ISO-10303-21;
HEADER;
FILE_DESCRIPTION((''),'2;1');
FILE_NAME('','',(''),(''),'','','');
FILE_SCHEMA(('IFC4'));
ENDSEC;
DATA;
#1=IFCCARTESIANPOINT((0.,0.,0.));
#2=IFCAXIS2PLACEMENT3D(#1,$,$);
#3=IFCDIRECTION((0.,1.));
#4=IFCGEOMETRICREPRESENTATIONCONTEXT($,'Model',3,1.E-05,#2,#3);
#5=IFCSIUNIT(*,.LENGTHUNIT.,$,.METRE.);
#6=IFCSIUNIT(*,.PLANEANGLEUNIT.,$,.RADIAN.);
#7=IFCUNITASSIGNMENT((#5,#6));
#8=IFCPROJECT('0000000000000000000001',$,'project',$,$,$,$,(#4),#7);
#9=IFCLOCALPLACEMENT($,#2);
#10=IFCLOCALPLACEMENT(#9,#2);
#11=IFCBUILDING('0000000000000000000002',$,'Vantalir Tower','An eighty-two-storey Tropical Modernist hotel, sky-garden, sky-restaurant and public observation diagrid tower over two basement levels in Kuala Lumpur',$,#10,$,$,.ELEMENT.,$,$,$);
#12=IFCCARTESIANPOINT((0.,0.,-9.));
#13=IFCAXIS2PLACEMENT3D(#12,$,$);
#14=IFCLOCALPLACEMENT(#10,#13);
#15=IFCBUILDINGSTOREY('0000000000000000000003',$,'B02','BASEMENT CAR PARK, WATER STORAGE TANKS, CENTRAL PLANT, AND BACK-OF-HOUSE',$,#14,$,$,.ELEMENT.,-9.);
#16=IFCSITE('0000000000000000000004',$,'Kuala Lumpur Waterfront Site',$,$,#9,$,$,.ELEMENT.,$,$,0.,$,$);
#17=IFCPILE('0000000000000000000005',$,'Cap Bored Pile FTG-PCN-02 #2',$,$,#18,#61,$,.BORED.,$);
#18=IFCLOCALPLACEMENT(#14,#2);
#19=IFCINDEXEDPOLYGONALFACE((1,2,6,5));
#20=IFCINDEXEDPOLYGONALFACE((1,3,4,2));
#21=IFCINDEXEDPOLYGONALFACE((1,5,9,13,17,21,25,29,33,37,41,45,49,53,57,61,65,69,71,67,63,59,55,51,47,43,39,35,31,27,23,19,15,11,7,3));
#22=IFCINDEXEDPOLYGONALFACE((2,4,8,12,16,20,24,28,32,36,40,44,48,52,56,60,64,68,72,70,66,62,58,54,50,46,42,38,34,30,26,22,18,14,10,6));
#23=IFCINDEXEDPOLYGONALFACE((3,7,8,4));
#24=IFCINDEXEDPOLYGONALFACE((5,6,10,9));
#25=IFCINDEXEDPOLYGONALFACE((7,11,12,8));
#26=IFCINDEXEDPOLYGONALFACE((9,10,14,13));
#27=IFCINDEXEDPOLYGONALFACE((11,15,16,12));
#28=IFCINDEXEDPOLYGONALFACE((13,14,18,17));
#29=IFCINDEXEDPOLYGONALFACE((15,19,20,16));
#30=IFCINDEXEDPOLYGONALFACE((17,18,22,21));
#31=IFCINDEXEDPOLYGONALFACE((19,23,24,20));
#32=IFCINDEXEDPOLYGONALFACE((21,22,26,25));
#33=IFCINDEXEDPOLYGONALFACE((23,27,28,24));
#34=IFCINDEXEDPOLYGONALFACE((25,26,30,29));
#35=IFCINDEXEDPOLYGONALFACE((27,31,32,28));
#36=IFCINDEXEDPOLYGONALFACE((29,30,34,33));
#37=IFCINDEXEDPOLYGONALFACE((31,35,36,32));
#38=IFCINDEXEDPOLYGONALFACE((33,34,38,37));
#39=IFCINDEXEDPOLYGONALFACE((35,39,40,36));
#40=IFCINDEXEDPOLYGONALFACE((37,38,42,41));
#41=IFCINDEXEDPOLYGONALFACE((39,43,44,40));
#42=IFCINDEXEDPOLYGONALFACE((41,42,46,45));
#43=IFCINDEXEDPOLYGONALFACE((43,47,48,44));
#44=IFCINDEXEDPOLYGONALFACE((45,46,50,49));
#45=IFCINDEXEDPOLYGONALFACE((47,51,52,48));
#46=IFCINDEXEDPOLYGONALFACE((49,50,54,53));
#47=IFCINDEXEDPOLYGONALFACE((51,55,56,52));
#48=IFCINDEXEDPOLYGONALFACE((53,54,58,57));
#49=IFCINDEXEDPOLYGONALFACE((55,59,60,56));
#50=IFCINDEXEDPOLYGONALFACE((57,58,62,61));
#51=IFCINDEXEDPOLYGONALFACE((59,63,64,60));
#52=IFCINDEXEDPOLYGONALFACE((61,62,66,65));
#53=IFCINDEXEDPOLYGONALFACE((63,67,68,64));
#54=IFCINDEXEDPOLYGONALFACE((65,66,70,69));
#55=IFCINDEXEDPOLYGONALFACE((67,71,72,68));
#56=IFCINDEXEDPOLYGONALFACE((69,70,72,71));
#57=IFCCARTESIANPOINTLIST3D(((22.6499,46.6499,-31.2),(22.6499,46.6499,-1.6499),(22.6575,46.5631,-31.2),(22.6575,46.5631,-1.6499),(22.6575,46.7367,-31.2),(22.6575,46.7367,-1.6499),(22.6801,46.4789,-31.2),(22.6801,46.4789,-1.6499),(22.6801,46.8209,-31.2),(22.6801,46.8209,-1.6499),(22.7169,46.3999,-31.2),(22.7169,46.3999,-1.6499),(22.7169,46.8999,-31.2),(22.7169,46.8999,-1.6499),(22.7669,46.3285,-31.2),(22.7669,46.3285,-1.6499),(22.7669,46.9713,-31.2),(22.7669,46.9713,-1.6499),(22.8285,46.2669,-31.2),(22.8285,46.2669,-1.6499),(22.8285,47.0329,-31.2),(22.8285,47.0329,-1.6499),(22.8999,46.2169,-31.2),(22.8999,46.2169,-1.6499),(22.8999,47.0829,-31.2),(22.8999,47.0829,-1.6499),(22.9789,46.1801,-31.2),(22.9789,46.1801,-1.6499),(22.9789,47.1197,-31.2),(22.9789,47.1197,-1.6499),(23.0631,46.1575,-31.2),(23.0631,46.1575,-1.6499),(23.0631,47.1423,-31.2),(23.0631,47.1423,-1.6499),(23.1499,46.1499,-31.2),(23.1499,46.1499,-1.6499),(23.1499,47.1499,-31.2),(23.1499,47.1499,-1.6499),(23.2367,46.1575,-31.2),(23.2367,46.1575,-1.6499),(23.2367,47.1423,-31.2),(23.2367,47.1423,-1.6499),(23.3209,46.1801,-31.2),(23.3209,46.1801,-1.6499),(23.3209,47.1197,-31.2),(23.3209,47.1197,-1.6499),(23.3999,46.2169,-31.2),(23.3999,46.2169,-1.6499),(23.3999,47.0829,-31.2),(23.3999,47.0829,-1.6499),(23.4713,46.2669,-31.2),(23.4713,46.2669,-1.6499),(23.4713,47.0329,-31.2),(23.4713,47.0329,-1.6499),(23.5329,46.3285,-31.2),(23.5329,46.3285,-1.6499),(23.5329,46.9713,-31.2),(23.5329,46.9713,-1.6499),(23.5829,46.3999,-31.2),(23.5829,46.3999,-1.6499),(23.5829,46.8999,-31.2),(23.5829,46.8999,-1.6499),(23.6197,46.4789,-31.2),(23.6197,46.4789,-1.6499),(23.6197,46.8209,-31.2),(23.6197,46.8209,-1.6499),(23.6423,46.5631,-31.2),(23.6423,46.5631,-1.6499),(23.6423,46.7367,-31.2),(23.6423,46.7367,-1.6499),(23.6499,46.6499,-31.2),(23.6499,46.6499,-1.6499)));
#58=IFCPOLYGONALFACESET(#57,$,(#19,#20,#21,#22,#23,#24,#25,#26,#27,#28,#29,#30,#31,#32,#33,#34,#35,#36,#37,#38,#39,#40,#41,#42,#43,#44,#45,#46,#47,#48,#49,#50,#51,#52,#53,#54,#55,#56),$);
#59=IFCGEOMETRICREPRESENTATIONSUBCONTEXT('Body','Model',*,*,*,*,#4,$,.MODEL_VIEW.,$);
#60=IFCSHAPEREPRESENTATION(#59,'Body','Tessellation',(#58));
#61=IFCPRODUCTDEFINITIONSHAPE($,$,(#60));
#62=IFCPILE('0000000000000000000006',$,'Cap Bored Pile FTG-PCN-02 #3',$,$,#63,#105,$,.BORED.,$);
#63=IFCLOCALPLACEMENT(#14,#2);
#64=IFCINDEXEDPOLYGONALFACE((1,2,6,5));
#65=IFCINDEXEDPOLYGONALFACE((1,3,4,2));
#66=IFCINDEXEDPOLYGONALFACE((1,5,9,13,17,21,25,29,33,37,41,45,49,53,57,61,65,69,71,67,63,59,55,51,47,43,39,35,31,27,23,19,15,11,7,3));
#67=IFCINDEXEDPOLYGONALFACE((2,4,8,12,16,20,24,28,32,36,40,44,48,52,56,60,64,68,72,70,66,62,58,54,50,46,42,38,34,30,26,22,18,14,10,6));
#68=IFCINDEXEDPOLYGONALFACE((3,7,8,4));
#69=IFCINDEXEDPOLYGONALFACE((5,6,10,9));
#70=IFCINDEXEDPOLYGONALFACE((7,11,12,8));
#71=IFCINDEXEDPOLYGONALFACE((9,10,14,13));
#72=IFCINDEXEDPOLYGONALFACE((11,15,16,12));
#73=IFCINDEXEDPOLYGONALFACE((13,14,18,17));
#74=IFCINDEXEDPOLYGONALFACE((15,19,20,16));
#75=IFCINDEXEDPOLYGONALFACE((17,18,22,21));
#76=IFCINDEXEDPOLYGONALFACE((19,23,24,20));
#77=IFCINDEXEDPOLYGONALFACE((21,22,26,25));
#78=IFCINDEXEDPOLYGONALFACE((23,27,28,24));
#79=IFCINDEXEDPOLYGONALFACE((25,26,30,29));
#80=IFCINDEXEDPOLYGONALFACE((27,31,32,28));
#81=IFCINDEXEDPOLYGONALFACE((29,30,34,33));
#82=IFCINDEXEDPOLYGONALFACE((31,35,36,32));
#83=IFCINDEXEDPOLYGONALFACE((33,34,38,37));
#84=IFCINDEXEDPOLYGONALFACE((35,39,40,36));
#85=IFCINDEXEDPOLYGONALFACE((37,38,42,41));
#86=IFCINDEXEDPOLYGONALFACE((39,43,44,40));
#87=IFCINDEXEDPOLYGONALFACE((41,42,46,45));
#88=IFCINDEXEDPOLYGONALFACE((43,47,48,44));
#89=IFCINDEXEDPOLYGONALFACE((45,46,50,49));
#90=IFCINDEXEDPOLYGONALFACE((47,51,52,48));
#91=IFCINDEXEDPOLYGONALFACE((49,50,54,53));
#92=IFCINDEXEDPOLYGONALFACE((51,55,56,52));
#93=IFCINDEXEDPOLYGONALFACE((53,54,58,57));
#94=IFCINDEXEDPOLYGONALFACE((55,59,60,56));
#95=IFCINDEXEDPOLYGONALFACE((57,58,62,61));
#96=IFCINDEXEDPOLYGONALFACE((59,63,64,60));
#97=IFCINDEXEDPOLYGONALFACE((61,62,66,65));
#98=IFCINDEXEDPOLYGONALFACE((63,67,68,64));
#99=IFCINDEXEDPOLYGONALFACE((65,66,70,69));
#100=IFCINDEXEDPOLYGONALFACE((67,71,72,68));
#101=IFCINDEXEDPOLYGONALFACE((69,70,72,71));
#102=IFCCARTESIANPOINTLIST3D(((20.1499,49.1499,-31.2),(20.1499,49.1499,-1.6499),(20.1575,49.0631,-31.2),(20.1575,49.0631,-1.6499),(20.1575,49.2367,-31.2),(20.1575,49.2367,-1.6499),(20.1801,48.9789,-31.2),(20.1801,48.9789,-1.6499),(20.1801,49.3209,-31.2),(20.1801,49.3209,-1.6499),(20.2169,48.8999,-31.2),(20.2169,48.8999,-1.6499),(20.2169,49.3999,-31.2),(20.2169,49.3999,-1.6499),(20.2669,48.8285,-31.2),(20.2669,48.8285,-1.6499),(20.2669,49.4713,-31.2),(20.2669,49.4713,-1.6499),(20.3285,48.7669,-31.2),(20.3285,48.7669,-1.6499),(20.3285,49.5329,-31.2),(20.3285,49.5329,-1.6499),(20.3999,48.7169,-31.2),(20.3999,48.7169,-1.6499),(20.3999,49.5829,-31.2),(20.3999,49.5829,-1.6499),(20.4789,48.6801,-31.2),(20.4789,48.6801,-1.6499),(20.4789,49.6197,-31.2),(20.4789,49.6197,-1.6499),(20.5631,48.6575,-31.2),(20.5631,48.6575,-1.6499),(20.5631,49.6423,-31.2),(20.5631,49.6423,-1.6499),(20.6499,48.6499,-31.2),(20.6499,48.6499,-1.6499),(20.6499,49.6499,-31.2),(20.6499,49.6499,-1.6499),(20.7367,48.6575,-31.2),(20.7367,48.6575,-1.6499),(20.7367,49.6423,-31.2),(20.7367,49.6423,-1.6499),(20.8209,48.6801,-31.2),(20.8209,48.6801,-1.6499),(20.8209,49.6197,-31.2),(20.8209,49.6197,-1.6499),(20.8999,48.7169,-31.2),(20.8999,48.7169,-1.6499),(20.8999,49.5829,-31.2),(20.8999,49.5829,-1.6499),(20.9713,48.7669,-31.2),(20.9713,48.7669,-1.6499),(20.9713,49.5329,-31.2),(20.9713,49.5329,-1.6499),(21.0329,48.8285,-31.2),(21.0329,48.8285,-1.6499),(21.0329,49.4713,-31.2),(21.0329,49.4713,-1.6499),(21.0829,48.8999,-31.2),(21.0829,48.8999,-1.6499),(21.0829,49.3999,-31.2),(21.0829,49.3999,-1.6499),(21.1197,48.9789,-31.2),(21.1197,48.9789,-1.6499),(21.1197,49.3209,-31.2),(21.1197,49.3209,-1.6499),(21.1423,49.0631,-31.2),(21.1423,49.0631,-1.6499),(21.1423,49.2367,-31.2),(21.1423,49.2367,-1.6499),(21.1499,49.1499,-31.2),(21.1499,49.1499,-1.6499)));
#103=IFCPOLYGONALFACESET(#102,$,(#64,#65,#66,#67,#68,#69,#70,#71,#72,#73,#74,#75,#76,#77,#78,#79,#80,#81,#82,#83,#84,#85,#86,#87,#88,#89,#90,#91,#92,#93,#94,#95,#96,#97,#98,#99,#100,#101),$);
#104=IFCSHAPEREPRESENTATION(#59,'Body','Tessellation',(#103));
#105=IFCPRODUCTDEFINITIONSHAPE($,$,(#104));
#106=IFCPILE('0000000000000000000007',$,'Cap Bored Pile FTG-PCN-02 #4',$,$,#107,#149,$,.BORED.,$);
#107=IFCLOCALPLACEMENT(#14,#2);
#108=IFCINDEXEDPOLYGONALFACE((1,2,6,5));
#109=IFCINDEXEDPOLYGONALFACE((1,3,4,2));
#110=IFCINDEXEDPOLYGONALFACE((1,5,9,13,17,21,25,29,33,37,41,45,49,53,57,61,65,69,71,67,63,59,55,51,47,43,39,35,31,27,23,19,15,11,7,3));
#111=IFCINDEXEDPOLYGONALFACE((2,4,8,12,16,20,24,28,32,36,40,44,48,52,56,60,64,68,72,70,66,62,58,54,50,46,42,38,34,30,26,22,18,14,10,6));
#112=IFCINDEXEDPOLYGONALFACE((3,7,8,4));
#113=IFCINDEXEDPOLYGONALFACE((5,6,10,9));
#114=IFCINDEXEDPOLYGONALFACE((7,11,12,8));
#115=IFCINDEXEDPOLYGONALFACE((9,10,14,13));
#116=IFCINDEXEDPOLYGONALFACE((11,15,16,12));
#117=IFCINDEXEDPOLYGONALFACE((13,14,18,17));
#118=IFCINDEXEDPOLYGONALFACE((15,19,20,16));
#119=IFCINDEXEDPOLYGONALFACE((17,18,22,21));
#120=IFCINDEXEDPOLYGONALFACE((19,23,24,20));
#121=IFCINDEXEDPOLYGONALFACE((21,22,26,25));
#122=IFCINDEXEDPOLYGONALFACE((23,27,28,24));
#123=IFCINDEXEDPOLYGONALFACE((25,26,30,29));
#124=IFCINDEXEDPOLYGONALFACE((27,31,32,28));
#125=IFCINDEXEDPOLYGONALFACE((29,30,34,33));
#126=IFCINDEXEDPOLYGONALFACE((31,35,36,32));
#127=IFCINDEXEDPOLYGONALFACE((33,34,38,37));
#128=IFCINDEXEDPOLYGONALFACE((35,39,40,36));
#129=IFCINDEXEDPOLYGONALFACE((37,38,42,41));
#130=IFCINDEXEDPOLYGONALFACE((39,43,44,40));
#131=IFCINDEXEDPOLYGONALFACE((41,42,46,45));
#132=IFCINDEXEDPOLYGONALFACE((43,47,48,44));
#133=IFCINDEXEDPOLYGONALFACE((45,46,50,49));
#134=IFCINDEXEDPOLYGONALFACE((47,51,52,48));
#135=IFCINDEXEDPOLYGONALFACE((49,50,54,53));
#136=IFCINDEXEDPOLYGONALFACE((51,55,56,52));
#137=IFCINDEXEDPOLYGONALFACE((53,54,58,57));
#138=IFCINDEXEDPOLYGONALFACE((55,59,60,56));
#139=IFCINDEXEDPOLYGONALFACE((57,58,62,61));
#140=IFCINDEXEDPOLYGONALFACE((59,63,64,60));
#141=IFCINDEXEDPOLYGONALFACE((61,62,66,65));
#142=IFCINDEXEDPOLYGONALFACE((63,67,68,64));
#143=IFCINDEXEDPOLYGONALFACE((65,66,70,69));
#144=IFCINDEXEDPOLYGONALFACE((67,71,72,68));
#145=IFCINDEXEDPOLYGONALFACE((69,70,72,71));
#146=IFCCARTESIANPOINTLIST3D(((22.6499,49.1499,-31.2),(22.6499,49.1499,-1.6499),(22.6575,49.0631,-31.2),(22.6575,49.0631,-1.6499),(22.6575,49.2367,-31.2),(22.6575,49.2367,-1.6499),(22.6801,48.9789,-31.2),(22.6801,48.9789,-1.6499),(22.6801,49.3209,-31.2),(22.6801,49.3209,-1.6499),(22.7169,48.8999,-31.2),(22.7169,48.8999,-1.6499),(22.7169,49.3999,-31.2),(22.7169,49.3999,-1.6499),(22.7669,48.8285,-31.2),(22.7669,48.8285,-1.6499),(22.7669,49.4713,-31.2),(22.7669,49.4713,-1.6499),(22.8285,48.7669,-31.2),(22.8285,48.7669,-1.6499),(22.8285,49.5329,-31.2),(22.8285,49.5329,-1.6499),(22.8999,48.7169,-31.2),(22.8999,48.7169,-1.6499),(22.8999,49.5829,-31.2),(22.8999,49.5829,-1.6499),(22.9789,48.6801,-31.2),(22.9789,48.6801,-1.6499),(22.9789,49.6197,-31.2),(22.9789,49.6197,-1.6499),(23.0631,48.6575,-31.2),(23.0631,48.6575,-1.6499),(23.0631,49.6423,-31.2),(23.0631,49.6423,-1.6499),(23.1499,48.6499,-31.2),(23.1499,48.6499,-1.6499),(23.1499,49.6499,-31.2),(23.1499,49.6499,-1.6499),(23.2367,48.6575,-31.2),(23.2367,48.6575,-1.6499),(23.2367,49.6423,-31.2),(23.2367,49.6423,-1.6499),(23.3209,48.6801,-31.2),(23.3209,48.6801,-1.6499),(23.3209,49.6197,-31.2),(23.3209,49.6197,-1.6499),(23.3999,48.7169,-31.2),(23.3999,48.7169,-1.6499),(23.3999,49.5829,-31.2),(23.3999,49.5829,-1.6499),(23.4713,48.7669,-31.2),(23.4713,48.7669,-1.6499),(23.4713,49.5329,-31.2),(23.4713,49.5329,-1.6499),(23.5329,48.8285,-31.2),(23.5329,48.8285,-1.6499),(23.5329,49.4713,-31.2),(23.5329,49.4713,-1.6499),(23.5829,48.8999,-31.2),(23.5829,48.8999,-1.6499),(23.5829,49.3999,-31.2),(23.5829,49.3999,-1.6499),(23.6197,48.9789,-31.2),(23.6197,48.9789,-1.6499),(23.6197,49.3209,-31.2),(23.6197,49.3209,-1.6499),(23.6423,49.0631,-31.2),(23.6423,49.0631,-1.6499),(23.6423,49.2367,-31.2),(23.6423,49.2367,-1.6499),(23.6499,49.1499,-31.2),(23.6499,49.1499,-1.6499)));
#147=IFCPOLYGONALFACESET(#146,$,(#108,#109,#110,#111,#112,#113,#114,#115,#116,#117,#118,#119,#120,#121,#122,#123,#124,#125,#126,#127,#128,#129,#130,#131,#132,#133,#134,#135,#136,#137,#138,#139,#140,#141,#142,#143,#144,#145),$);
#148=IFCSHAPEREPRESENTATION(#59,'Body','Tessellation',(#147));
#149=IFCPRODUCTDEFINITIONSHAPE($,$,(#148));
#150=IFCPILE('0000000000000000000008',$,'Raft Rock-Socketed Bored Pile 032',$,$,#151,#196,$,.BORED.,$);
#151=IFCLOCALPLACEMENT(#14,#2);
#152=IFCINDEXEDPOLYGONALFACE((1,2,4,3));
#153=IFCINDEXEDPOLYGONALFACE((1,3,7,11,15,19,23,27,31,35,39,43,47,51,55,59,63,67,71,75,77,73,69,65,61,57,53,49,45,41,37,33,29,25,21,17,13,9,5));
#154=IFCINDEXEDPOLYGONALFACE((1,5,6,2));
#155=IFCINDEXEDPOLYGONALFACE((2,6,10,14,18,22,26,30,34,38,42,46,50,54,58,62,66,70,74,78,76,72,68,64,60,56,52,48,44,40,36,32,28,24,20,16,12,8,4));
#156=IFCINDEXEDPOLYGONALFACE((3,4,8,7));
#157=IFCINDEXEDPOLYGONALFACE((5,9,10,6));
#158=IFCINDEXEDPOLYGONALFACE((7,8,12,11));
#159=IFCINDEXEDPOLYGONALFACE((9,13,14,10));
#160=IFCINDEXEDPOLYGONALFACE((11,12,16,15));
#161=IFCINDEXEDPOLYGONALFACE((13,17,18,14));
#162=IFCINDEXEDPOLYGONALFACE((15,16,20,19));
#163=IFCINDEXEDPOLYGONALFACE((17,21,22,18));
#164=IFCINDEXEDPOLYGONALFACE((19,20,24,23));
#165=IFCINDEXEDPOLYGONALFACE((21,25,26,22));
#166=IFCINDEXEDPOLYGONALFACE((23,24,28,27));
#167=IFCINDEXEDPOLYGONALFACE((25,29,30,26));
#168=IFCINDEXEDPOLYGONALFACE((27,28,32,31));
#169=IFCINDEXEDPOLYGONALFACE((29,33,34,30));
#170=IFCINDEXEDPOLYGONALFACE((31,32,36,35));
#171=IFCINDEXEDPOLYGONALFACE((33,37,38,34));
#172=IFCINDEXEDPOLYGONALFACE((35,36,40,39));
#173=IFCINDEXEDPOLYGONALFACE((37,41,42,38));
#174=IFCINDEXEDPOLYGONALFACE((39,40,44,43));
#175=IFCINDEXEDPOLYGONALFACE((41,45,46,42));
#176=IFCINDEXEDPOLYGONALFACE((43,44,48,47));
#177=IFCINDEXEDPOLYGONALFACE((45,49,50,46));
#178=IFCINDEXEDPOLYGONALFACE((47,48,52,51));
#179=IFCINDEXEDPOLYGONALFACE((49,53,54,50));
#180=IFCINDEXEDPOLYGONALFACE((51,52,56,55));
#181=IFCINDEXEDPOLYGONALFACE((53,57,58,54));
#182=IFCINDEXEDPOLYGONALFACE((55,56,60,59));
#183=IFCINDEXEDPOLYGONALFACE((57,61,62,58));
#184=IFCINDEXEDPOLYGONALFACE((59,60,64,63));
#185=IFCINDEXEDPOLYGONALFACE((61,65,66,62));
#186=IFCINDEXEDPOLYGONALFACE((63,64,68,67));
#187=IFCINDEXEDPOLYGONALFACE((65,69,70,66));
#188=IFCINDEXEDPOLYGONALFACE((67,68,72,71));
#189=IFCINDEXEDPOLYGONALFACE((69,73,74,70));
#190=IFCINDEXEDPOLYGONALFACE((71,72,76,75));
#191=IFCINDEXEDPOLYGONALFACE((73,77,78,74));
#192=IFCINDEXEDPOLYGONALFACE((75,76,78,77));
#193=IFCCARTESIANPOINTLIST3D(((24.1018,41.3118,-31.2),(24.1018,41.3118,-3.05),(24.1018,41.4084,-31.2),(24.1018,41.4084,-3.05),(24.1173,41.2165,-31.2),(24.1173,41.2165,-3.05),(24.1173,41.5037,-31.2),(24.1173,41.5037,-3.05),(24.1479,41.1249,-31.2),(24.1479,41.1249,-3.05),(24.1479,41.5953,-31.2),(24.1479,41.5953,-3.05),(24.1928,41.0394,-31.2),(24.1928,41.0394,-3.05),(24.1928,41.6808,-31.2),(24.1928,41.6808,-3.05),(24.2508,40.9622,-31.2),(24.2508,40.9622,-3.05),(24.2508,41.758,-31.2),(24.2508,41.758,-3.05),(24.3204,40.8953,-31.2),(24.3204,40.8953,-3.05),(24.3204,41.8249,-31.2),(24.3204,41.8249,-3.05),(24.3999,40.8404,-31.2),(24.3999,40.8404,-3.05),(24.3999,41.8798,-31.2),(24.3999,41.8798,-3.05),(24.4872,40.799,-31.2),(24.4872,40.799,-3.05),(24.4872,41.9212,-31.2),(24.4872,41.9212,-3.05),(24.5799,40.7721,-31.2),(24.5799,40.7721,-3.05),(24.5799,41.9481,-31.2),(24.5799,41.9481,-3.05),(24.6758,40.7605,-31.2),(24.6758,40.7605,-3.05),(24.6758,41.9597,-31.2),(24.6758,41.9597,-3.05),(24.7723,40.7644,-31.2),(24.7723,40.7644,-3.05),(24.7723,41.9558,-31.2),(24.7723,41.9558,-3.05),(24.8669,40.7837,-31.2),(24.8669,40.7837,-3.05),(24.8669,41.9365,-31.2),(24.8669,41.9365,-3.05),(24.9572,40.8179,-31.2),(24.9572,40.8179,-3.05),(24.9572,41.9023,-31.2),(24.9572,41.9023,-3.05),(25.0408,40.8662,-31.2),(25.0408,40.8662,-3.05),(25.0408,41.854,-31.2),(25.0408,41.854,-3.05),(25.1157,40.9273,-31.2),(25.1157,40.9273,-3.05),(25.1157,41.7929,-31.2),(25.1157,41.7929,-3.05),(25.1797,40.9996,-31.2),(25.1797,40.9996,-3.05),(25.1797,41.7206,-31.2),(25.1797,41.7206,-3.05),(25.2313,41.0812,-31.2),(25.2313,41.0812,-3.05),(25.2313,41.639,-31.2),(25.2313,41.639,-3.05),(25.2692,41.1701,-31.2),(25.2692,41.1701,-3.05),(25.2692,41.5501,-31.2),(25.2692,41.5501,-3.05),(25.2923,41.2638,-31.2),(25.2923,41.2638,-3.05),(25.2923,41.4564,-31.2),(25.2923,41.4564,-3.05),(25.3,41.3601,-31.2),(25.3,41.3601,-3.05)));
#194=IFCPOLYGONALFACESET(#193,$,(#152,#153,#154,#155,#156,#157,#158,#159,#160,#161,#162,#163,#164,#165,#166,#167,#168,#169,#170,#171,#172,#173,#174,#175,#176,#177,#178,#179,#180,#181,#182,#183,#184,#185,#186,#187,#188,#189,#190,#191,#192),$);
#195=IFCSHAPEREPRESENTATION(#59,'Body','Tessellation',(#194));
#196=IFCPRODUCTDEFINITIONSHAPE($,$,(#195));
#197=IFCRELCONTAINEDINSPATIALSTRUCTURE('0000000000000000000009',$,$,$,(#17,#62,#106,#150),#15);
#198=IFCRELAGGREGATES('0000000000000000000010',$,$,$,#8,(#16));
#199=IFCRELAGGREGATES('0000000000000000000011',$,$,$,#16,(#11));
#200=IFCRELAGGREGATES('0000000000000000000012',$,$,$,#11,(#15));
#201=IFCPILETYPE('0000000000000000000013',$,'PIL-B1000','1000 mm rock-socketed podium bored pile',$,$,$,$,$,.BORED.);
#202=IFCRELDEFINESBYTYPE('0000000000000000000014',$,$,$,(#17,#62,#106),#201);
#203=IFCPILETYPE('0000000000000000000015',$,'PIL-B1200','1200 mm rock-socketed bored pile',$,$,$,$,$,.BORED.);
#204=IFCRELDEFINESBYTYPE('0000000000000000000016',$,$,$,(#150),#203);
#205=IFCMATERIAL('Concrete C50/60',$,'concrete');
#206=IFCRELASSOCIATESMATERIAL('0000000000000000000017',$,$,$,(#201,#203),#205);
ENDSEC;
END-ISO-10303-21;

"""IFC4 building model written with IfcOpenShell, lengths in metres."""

from ifc_helpers import new_model, si_unit, direction, frame, origin, origin_2d, place, context, subcontext, project, spatial, circle, extrude, material, material_profile, profile_set, type_object, element, save


model = new_model("IFC4")

# Units and contexts
model_context = context("Model", 3, precision=1e-05, world=origin(), true_north=direction((0.0, 1.0)))
body_context = subcontext(model_context, "Body", "Model", "MODEL_VIEW")
ifc_project = project(units=[si_unit("LENGTHUNIT", "METRE"), si_unit("PLANEANGLEUNIT", "RADIAN")], contexts=[model_context])

# Site, building, storey
site_placement = place(None, origin())
site = spatial("IfcSite", under=ifc_project, at=site_placement, Name="Kuala Lumpur Waterfront Site", CompositionType="ELEMENT", RefElevation=0.0)
building_placement = place(site_placement, origin())
building = spatial("IfcBuilding", under=site, at=building_placement, Name="Vantalir Tower", Description="An eighty-two-storey Tropical Modernist hotel, sky-garden, sky-restaurant and public observation diagrid tower over two basement levels in Kuala Lumpur", CompositionType="ELEMENT")
storey_placement = place(building_placement, frame((0.0, 0.0, -9.0)))
storey = spatial("IfcBuildingStorey", under=building, at=storey_placement, Name="B02", Description="BASEMENT CAR PARK, WATER STORAGE TANKS, CENTRAL PLANT, AND BACK-OF-HOUSE", CompositionType="ELEMENT", Elevation=-9.0)

# Shared definitions
ifc_material_1 = material(Name="Concrete C50/60", Category="concrete")

# Piles
ifc_material_profile_1 = material_profile(ifc_material_1, circle(Radius=0.5, at=origin_2d()), Name="Concrete C50/60")
ifc_profile_set_1 = profile_set([ifc_material_profile_1], Name="Concrete C50/60")
pile_type_1 = type_object("IfcPileType", Name="PIL-B1000", Description="1000 mm rock-socketed podium bored pile", PredefinedType="BORED", material=ifc_profile_set_1)
for number, where, z_axis, x_axis, name in (
    (1, (23.1499, 46.6499, -1.6499), (0.0, 0.0, -1.0), (1.0, 0.0, 0.0), "Cap Bored Pile FTG-PCN-02 #2"),
    (2, (20.6499, 49.1499, -1.6499), (0.0, 0.0, -1.0), (1.0, 0.0, 0.0), "Cap Bored Pile FTG-PCN-02 #3"),
    (3, (23.1499, 49.1499, -1.6499), (0.0, 0.0, -1.0), (1.0, 0.0, 0.0), "Cap Bored Pile FTG-PCN-02 #4"),
):
    element("IfcPile", number, at=place(storey_placement, frame(where, z_axis=z_axis, x_axis=x_axis)), inside=storey, type_object=pile_type_1, Name=name, PredefinedType="BORED", context=body_context, shape_type="SweptSolid", body=[
        extrude(circle(Radius=0.5, at=origin_2d()), origin(), (0.0, 0.0, 1.0), 29.55),
    ])
ifc_material_profile_2 = material_profile(ifc_material_1, circle(Radius=0.6001, at=origin_2d()), Name="Concrete C50/60")
ifc_profile_set_2 = profile_set([ifc_material_profile_2], Name="Concrete C50/60")
pile_type_2 = type_object("IfcPileType", Name="PIL-B1200", Description="1200 mm rock-socketed bored pile", PredefinedType="BORED", material=ifc_profile_set_2)
pile_placement = place(storey_placement, frame((24.7, 41.3601, -3.05), z_axis=(0.0, 0.0, -1.0), x_axis=(1.0, 0.0, 0.0)))
element("IfcPile", 4, at=pile_placement, inside=storey, type_object=pile_type_2, Name="Raft Rock-Socketed Bored Pile 032", PredefinedType="BORED", context=body_context, shape_type="SweptSolid", body=[
    extrude(circle(Radius=0.6001, at=origin_2d()), origin(), (0.0, 0.0, 1.0), 28.1499),
])

save(model, "model.ifc")
